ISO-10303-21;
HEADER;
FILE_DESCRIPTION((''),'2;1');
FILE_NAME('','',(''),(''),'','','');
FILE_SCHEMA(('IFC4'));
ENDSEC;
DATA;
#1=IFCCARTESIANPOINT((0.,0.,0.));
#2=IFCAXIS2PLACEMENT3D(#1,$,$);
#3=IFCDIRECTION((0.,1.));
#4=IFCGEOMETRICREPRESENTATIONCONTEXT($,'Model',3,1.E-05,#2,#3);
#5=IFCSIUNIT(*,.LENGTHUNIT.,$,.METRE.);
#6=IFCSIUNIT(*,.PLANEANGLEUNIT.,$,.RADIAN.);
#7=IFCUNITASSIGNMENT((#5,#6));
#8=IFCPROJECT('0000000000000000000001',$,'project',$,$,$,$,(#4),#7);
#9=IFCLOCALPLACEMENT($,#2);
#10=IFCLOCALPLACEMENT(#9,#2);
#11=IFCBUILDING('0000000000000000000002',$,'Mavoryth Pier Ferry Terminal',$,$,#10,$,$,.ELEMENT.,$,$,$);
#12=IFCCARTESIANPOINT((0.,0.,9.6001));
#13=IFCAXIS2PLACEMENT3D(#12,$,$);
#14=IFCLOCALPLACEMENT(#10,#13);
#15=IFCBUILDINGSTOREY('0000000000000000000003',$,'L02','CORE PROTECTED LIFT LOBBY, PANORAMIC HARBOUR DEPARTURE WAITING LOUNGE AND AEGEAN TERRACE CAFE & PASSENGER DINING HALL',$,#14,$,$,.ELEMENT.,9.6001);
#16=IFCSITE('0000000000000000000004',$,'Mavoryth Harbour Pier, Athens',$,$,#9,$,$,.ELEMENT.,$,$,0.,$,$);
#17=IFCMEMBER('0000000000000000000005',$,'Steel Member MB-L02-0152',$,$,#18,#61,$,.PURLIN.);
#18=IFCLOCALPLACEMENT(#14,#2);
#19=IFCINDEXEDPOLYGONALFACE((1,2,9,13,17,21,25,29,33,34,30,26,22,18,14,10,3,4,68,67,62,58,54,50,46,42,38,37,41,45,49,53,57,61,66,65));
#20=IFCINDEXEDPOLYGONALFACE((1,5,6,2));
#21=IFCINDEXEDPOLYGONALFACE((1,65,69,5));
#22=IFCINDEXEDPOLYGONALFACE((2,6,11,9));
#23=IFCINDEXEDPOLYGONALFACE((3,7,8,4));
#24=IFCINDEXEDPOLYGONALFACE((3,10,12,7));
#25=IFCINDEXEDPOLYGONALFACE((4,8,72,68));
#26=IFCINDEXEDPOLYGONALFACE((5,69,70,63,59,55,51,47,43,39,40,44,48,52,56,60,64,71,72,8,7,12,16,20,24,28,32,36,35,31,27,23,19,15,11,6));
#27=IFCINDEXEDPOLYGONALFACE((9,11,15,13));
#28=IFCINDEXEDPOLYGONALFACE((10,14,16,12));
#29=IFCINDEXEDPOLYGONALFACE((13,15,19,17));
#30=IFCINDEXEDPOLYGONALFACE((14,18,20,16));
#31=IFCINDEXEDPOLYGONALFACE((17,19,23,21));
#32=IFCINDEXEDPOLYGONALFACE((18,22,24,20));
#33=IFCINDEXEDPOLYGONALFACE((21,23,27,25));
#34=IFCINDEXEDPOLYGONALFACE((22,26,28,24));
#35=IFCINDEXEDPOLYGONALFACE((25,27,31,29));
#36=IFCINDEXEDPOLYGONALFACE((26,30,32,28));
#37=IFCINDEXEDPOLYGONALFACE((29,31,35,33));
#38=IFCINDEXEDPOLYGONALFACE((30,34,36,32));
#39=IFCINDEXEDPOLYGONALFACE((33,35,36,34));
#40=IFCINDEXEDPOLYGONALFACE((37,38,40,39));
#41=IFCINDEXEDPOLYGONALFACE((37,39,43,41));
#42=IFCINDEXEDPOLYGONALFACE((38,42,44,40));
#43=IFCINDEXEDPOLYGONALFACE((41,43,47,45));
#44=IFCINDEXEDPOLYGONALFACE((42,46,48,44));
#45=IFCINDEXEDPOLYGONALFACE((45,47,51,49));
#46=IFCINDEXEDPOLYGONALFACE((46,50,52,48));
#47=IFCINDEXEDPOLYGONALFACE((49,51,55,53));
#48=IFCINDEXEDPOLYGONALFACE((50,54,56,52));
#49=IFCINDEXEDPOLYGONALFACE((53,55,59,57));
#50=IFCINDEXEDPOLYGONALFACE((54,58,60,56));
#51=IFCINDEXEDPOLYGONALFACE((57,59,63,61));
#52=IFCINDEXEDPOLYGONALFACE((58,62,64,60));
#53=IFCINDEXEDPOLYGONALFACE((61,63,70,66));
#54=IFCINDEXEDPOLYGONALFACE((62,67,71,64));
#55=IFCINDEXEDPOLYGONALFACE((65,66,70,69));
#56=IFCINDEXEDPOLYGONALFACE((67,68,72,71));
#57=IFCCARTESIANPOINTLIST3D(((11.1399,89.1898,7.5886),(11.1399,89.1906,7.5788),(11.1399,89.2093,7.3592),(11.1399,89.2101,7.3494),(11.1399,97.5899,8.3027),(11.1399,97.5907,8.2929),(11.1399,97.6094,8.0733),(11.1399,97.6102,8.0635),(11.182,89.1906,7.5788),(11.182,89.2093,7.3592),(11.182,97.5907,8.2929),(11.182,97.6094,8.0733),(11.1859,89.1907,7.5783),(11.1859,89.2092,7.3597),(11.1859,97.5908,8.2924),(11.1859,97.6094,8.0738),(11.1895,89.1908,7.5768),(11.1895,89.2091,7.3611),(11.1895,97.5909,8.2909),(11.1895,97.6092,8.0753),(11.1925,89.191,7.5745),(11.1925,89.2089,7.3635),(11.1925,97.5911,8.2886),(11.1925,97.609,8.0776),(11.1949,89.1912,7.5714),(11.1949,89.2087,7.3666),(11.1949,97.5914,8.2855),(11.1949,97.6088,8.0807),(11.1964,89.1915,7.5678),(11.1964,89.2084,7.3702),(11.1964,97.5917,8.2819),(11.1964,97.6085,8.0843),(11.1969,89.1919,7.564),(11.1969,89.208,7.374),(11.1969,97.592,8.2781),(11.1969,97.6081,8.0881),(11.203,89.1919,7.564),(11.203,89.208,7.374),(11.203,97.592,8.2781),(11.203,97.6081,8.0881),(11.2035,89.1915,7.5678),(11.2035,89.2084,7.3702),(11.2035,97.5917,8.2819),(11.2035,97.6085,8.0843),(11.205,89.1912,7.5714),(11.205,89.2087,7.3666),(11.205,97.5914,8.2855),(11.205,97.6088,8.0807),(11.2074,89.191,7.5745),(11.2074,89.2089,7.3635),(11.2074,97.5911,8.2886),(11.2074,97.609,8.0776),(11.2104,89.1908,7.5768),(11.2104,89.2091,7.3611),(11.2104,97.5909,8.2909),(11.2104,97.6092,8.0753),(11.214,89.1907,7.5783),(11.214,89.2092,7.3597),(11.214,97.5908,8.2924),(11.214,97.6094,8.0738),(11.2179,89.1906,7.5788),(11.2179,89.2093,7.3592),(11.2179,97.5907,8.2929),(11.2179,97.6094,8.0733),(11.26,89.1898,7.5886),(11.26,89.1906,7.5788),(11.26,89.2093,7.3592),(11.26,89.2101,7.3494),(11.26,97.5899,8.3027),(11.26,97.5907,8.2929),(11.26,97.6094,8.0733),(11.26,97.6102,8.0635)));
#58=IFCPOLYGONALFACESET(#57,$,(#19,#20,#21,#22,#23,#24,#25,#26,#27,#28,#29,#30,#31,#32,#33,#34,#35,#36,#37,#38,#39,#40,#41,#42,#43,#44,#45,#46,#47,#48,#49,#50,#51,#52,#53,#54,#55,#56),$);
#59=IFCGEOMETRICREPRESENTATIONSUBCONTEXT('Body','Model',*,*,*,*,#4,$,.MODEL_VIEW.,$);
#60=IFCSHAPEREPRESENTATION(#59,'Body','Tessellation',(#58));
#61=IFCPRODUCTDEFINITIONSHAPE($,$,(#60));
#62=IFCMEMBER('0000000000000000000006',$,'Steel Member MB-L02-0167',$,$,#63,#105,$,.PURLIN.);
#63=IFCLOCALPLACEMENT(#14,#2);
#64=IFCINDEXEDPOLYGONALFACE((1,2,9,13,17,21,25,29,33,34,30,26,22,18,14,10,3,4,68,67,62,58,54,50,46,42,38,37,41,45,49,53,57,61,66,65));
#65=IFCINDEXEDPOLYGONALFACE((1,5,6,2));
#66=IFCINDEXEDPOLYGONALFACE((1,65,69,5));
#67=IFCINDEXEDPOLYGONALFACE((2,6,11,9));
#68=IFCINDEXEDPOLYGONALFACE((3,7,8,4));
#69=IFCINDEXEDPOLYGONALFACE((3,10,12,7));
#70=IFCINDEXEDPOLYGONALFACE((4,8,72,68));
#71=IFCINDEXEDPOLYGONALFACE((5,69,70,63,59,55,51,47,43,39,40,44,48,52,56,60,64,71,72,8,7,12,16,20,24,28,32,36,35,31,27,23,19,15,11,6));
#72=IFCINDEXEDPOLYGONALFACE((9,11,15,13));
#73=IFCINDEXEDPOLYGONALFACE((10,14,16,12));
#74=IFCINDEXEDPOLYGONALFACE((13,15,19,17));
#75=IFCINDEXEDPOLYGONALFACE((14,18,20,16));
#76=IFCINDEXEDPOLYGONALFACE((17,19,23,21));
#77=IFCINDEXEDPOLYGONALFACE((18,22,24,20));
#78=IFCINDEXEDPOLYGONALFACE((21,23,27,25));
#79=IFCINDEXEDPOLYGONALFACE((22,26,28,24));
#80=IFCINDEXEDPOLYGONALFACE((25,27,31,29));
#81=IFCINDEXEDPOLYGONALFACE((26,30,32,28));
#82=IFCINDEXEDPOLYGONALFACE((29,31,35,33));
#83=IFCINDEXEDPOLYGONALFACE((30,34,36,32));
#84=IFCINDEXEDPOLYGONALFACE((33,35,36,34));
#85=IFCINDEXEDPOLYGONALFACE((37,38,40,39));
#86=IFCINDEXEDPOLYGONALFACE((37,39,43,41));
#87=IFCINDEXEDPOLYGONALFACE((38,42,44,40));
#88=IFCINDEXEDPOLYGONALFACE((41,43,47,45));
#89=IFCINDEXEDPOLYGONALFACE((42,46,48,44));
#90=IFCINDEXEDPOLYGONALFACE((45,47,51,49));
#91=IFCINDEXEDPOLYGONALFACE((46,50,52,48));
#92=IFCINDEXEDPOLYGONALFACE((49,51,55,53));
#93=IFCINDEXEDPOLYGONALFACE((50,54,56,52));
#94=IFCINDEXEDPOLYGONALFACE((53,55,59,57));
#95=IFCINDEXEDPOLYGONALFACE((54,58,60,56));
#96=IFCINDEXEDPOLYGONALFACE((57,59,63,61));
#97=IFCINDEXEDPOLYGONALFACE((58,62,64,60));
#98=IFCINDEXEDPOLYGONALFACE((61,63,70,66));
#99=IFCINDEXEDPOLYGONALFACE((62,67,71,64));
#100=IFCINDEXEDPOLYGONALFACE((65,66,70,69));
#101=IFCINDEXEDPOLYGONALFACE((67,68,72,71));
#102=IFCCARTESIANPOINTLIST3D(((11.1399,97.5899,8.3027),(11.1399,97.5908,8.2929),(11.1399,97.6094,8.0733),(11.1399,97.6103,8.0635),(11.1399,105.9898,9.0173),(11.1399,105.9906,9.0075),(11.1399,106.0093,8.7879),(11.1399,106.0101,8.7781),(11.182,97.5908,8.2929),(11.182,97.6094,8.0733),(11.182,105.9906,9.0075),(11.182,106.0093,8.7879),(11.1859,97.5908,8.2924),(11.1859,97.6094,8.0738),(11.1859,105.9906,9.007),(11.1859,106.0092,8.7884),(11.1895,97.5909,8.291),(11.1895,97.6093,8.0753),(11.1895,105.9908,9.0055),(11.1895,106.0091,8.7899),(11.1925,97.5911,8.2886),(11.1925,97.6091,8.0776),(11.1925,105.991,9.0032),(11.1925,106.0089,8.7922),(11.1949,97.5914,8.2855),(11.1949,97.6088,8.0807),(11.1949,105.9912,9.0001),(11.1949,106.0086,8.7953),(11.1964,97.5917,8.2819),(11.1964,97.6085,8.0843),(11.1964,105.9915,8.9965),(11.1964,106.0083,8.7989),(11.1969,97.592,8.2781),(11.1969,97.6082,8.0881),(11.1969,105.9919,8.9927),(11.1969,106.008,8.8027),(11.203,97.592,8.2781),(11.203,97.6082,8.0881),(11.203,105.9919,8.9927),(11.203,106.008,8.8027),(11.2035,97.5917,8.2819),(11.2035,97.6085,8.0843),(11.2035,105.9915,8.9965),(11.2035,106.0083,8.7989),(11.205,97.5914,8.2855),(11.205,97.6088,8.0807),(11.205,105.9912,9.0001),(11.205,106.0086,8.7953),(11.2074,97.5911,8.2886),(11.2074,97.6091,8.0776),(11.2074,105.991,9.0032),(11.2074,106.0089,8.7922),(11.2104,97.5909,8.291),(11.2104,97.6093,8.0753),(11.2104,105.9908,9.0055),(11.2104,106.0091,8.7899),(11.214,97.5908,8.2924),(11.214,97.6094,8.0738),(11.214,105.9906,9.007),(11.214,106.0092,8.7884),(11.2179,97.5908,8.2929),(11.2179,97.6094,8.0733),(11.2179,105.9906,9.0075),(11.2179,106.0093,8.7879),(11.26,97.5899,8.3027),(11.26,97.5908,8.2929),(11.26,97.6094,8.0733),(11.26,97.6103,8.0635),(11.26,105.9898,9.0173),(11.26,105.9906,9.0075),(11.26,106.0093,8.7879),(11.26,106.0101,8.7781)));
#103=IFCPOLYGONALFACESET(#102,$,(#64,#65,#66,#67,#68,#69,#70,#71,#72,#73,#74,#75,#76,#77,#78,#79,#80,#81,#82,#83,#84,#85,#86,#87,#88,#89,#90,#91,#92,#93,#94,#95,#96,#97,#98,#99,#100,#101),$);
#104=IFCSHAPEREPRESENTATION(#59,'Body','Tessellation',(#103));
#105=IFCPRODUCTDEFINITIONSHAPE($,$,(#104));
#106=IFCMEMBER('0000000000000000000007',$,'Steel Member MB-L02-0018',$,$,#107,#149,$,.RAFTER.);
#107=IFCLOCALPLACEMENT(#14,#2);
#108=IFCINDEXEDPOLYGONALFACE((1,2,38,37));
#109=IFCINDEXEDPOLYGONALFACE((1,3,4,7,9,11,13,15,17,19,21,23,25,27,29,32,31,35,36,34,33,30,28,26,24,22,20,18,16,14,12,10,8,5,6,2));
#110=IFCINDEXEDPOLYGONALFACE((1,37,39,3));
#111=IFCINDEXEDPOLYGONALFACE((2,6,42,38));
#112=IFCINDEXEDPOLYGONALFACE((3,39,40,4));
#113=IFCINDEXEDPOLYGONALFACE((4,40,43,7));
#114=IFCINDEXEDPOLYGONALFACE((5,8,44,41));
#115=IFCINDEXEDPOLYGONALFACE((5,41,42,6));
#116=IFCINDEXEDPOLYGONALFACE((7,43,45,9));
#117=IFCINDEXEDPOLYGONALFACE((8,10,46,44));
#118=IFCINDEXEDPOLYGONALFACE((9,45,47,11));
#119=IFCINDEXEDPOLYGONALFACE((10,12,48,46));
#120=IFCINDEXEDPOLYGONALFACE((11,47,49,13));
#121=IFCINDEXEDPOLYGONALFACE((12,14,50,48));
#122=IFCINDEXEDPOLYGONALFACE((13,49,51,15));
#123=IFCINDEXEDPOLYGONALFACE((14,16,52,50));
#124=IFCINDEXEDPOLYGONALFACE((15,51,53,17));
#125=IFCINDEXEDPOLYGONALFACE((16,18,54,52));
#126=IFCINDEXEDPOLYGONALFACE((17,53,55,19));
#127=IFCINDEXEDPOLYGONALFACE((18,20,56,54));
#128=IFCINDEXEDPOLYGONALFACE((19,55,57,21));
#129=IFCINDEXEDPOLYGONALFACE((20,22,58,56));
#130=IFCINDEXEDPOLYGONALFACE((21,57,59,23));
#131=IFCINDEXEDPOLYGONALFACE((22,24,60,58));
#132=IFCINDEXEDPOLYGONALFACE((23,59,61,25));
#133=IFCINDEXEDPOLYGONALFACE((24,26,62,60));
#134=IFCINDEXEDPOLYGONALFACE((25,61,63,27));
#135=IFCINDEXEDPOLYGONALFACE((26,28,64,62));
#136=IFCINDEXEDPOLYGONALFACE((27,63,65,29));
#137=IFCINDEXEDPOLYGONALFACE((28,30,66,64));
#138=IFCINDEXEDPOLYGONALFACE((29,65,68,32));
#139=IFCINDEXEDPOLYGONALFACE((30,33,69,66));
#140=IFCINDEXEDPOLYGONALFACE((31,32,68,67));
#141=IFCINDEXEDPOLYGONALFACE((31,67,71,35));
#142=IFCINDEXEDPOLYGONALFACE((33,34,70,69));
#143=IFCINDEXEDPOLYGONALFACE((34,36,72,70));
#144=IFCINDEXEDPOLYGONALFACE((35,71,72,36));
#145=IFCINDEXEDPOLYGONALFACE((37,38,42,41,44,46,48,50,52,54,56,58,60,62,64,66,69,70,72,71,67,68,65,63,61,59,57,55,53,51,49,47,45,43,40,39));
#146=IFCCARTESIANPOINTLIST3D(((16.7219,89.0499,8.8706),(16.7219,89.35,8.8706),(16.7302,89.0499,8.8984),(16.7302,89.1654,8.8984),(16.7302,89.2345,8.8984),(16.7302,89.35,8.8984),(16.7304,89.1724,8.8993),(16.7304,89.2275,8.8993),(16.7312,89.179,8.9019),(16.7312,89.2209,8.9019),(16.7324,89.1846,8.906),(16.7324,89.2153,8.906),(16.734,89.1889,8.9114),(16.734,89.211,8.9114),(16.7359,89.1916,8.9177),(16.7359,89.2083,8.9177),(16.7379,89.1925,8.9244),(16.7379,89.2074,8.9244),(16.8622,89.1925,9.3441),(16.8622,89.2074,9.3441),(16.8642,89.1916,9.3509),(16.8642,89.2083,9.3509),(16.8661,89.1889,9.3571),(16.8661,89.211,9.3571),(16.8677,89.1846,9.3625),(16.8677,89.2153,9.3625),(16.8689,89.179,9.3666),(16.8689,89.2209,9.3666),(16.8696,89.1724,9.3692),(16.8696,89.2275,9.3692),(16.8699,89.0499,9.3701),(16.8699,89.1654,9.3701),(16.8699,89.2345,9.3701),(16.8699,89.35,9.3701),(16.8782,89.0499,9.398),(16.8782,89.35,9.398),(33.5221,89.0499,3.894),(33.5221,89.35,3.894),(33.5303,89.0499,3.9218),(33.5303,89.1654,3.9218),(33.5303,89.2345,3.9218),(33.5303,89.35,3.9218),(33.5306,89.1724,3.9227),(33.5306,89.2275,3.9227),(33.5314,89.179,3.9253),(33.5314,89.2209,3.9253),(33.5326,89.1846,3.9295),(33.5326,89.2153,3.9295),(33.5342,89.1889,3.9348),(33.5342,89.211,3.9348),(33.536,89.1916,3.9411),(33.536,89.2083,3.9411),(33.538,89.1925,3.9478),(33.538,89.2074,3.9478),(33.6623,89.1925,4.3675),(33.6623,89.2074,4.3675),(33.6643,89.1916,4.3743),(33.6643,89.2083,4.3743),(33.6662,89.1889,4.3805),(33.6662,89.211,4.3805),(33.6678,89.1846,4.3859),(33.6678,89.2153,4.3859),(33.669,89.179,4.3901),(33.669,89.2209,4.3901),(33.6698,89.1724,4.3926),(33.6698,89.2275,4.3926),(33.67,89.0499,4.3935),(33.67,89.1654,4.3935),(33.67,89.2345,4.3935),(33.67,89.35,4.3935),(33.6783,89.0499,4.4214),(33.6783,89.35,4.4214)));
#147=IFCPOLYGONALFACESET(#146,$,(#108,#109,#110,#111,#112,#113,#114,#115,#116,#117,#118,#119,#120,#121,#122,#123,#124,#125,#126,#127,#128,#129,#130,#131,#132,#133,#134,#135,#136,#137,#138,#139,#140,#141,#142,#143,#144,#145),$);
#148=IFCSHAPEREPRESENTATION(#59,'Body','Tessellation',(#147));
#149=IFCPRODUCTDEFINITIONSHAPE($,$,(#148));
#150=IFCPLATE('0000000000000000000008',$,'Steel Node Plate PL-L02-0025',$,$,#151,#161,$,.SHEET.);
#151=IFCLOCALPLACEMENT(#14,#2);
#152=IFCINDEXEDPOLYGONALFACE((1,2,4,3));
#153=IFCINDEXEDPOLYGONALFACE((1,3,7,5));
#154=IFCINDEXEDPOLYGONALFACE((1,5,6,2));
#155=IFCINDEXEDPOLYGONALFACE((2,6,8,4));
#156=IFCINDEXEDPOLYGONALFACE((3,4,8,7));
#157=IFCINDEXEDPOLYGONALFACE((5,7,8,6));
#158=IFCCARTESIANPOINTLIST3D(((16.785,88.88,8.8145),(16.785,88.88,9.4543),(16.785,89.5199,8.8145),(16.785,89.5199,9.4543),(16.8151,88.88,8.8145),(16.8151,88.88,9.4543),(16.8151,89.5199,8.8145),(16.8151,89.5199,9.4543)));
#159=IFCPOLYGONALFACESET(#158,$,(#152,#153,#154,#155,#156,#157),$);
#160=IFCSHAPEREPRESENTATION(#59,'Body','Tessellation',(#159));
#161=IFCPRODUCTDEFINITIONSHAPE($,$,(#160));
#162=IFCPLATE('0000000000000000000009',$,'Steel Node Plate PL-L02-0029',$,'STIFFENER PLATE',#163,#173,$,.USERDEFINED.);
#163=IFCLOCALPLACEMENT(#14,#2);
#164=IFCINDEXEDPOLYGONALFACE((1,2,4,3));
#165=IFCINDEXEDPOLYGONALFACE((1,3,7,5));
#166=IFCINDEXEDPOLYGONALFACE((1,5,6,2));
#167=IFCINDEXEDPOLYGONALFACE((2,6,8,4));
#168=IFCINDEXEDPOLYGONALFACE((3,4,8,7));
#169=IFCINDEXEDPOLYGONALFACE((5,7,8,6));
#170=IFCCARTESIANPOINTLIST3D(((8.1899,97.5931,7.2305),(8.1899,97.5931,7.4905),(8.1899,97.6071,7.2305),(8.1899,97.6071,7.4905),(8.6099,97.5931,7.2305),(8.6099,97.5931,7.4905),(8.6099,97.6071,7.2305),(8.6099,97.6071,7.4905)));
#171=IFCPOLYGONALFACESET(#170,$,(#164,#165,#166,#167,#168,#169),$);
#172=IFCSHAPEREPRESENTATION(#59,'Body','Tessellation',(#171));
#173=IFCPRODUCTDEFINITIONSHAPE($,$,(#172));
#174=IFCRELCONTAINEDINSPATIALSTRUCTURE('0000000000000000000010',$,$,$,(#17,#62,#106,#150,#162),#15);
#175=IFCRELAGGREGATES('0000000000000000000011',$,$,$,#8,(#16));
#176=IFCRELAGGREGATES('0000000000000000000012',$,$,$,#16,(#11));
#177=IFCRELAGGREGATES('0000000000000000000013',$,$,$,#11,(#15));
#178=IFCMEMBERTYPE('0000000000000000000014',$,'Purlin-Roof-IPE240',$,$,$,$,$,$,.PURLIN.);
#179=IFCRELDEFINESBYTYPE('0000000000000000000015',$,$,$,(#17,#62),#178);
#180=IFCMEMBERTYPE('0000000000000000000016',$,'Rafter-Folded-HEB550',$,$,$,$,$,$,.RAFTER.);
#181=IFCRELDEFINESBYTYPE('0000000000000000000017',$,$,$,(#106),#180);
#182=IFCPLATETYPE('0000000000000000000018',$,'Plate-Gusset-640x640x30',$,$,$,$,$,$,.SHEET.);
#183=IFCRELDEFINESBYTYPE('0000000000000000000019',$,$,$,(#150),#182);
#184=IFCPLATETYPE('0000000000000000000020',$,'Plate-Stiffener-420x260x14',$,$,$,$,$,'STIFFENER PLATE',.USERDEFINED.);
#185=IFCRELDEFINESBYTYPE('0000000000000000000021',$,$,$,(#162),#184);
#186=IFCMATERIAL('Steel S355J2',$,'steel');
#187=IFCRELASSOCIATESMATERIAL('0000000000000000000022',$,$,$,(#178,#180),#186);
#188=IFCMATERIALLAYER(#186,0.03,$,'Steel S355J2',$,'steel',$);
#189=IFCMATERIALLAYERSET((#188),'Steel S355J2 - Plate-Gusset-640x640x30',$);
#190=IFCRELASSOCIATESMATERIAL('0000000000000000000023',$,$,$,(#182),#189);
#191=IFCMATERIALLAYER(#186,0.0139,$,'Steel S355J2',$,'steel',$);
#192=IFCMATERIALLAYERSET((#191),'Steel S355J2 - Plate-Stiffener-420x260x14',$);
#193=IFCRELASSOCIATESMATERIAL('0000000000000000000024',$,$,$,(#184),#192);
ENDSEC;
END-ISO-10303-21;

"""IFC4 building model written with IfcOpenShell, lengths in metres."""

from ifc_helpers import new_model, si_unit, direction, frame, origin, origin_2d, place, context, subcontext, project, spatial, rectangle, i_section, extrude, material, layer, layer_set, material_profile, profile_set, type_object, element, save


model = new_model("IFC4")

# Units and contexts
model_context = context("Model", 3, precision=1e-05, world=origin(), true_north=direction((0.0, 1.0)))
body_context = subcontext(model_context, "Body", "Model", "MODEL_VIEW")
ifc_project = project(units=[si_unit("LENGTHUNIT", "METRE"), si_unit("PLANEANGLEUNIT", "RADIAN")], contexts=[model_context])

# Site, building, storey
site_placement = place(None, origin())
site = spatial("IfcSite", under=ifc_project, at=site_placement, Name="Mavoryth Harbour Pier, Athens", CompositionType="ELEMENT", RefElevation=0.0)
building_placement = place(site_placement, origin())
building = spatial("IfcBuilding", under=site, at=building_placement, Name="Mavoryth Pier Ferry Terminal", CompositionType="ELEMENT")
storey_placement = place(building_placement, frame((0.0, 0.0, 9.6001)))
storey = spatial("IfcBuildingStorey", under=building, at=storey_placement, Name="L02", Description="CORE PROTECTED LIFT LOBBY, PANORAMIC HARBOUR DEPARTURE WAITING LOUNGE AND AEGEAN TERRACE CAFE & PASSENGER DINING HALL", CompositionType="ELEMENT", Elevation=9.6001)

# Shared definitions
ifc_material_1 = material(Name="Steel S355J2", Category="steel")

# Members
ifc_material_profile_1 = material_profile(ifc_material_1, i_section(OverallWidth=0.1201, OverallDepth=0.24, WebThickness=0.0061, FlangeThickness=0.0098, FilletRadius=0.0149, at=origin_2d()), Name="IPE 240", Category="steel")
ifc_profile_set_1 = profile_set([ifc_material_profile_1], Name="Steel S355J2 - IPE 240")
member_type_1 = type_object("IfcMemberType", Name="Purlin-Roof-IPE240", PredefinedType="PURLIN", material=ifc_profile_set_1)
member_1_placement = place(storey_placement, frame((11.2, 89.2, 7.469), z_axis=(0.0, 0.996406, 0.084706), x_axis=(-1.0, 0.0, 0.0)))
element("IfcMember", 1, at=member_1_placement, inside=storey, type_object=member_type_1, Name="Steel Member MB-L02-0152", PredefinedType="PURLIN", context=body_context, shape_type="SweptSolid", body=[
    extrude(i_section(OverallWidth=0.1201, OverallDepth=0.24, WebThickness=0.0061, FlangeThickness=0.0098, FilletRadius=0.0149, at=origin_2d()), origin(), (0.0, 0.0, 1.0), 8.4304),
])
member_2_placement = place(storey_placement, frame((11.2, 97.6001, 8.1831), z_axis=(0.0, 0.996401, 0.084766), x_axis=(-1.0, 0.0, 0.0)))
element("IfcMember", 2, at=member_2_placement, inside=storey, type_object=member_type_1, Name="Steel Member MB-L02-0167", PredefinedType="PURLIN", context=body_context, shape_type="SweptSolid", body=[
    extrude(i_section(OverallWidth=0.1201, OverallDepth=0.24, WebThickness=0.0061, FlangeThickness=0.0098, FilletRadius=0.0149, at=origin_2d()), origin(), (0.0, 0.0, 1.0), 8.4302),
])
ifc_material_profile_2 = material_profile(ifc_material_1, i_section(OverallWidth=0.3, OverallDepth=0.55, WebThickness=0.0149, FlangeThickness=0.0291, FilletRadius=0.0271, at=origin_2d()), Name="HEB 550", Category="steel")
ifc_profile_set_2 = profile_set([ifc_material_profile_2], Name="Steel S355J2 - HEB 550")
member_type_2 = type_object("IfcMemberType", Name="Rafter-Folded-HEB550", PredefinedType="RAFTER", material=ifc_profile_set_2)
member_3_placement = place(storey_placement, frame((16.8, 89.2, 9.1343), z_axis=(0.958817, 0.0, -0.284024), x_axis=(0.0, 1.0, 0.0)))
element("IfcMember", 3, at=member_3_placement, inside=storey, type_object=member_type_2, Name="Steel Member MB-L02-0018", PredefinedType="RAFTER", context=body_context, shape_type="SweptSolid", body=[
    extrude(i_section(OverallWidth=0.3, OverallDepth=0.55, WebThickness=0.0149, FlangeThickness=0.0291, FilletRadius=0.0271, at=origin_2d()), origin(), (0.0, 0.0, 1.0), 17.5217),
])

# Plates
ifc_layer_1 = layer(ifc_material_1, 0.03, Name="Steel S355J2", Category="steel")
ifc_layer_set_1 = layer_set([ifc_layer_1], Name="Steel S355J2 - Plate-Gusset-640x640x30")
plate_type_1 = type_object("IfcPlateType", Name="Plate-Gusset-640x640x30", PredefinedType="SHEET", material=ifc_layer_set_1)
plate_1_placement = place(storey_placement, frame((16.8, 89.2, 8.8145), z_axis=(0.0, 0.0, 1.0), x_axis=(0.0, 1.0, 0.0)))
element("IfcPlate", 4, at=plate_1_placement, inside=storey, type_object=plate_type_1, Name="Steel Node Plate PL-L02-0025", PredefinedType="SHEET", context=body_context, shape_type="SweptSolid", body=[
    extrude(rectangle(XDim=0.6399, YDim=0.03, at=origin_2d()), origin(), (0.0, 0.0, 1.0), 0.6399),
])
ifc_layer_2 = layer(ifc_material_1, 0.0139, Name="Steel S355J2", Category="steel")
ifc_layer_set_2 = layer_set([ifc_layer_2], Name="Steel S355J2 - Plate-Stiffener-420x260x14")
plate_type_2 = type_object("IfcPlateType", Name="Plate-Stiffener-420x260x14", ElementType="STIFFENER PLATE", PredefinedType="USERDEFINED", material=ifc_layer_set_2)
plate_2_placement = place(storey_placement, frame((8.3999, 97.6001, 7.2305), z_axis=(0.0, 0.0, 1.0), x_axis=(1.0, 0.0, 0.0)))
element("IfcPlate", 5, at=plate_2_placement, inside=storey, type_object=plate_type_2, Name="Steel Node Plate PL-L02-0029", ObjectType="STIFFENER PLATE", PredefinedType="USERDEFINED", context=body_context, shape_type="SweptSolid", body=[
    extrude(rectangle(XDim=0.4199, YDim=0.0139, at=origin_2d()), origin(), (0.0, 0.0, 1.0), 0.26),
])

save(model, "model.ifc")
